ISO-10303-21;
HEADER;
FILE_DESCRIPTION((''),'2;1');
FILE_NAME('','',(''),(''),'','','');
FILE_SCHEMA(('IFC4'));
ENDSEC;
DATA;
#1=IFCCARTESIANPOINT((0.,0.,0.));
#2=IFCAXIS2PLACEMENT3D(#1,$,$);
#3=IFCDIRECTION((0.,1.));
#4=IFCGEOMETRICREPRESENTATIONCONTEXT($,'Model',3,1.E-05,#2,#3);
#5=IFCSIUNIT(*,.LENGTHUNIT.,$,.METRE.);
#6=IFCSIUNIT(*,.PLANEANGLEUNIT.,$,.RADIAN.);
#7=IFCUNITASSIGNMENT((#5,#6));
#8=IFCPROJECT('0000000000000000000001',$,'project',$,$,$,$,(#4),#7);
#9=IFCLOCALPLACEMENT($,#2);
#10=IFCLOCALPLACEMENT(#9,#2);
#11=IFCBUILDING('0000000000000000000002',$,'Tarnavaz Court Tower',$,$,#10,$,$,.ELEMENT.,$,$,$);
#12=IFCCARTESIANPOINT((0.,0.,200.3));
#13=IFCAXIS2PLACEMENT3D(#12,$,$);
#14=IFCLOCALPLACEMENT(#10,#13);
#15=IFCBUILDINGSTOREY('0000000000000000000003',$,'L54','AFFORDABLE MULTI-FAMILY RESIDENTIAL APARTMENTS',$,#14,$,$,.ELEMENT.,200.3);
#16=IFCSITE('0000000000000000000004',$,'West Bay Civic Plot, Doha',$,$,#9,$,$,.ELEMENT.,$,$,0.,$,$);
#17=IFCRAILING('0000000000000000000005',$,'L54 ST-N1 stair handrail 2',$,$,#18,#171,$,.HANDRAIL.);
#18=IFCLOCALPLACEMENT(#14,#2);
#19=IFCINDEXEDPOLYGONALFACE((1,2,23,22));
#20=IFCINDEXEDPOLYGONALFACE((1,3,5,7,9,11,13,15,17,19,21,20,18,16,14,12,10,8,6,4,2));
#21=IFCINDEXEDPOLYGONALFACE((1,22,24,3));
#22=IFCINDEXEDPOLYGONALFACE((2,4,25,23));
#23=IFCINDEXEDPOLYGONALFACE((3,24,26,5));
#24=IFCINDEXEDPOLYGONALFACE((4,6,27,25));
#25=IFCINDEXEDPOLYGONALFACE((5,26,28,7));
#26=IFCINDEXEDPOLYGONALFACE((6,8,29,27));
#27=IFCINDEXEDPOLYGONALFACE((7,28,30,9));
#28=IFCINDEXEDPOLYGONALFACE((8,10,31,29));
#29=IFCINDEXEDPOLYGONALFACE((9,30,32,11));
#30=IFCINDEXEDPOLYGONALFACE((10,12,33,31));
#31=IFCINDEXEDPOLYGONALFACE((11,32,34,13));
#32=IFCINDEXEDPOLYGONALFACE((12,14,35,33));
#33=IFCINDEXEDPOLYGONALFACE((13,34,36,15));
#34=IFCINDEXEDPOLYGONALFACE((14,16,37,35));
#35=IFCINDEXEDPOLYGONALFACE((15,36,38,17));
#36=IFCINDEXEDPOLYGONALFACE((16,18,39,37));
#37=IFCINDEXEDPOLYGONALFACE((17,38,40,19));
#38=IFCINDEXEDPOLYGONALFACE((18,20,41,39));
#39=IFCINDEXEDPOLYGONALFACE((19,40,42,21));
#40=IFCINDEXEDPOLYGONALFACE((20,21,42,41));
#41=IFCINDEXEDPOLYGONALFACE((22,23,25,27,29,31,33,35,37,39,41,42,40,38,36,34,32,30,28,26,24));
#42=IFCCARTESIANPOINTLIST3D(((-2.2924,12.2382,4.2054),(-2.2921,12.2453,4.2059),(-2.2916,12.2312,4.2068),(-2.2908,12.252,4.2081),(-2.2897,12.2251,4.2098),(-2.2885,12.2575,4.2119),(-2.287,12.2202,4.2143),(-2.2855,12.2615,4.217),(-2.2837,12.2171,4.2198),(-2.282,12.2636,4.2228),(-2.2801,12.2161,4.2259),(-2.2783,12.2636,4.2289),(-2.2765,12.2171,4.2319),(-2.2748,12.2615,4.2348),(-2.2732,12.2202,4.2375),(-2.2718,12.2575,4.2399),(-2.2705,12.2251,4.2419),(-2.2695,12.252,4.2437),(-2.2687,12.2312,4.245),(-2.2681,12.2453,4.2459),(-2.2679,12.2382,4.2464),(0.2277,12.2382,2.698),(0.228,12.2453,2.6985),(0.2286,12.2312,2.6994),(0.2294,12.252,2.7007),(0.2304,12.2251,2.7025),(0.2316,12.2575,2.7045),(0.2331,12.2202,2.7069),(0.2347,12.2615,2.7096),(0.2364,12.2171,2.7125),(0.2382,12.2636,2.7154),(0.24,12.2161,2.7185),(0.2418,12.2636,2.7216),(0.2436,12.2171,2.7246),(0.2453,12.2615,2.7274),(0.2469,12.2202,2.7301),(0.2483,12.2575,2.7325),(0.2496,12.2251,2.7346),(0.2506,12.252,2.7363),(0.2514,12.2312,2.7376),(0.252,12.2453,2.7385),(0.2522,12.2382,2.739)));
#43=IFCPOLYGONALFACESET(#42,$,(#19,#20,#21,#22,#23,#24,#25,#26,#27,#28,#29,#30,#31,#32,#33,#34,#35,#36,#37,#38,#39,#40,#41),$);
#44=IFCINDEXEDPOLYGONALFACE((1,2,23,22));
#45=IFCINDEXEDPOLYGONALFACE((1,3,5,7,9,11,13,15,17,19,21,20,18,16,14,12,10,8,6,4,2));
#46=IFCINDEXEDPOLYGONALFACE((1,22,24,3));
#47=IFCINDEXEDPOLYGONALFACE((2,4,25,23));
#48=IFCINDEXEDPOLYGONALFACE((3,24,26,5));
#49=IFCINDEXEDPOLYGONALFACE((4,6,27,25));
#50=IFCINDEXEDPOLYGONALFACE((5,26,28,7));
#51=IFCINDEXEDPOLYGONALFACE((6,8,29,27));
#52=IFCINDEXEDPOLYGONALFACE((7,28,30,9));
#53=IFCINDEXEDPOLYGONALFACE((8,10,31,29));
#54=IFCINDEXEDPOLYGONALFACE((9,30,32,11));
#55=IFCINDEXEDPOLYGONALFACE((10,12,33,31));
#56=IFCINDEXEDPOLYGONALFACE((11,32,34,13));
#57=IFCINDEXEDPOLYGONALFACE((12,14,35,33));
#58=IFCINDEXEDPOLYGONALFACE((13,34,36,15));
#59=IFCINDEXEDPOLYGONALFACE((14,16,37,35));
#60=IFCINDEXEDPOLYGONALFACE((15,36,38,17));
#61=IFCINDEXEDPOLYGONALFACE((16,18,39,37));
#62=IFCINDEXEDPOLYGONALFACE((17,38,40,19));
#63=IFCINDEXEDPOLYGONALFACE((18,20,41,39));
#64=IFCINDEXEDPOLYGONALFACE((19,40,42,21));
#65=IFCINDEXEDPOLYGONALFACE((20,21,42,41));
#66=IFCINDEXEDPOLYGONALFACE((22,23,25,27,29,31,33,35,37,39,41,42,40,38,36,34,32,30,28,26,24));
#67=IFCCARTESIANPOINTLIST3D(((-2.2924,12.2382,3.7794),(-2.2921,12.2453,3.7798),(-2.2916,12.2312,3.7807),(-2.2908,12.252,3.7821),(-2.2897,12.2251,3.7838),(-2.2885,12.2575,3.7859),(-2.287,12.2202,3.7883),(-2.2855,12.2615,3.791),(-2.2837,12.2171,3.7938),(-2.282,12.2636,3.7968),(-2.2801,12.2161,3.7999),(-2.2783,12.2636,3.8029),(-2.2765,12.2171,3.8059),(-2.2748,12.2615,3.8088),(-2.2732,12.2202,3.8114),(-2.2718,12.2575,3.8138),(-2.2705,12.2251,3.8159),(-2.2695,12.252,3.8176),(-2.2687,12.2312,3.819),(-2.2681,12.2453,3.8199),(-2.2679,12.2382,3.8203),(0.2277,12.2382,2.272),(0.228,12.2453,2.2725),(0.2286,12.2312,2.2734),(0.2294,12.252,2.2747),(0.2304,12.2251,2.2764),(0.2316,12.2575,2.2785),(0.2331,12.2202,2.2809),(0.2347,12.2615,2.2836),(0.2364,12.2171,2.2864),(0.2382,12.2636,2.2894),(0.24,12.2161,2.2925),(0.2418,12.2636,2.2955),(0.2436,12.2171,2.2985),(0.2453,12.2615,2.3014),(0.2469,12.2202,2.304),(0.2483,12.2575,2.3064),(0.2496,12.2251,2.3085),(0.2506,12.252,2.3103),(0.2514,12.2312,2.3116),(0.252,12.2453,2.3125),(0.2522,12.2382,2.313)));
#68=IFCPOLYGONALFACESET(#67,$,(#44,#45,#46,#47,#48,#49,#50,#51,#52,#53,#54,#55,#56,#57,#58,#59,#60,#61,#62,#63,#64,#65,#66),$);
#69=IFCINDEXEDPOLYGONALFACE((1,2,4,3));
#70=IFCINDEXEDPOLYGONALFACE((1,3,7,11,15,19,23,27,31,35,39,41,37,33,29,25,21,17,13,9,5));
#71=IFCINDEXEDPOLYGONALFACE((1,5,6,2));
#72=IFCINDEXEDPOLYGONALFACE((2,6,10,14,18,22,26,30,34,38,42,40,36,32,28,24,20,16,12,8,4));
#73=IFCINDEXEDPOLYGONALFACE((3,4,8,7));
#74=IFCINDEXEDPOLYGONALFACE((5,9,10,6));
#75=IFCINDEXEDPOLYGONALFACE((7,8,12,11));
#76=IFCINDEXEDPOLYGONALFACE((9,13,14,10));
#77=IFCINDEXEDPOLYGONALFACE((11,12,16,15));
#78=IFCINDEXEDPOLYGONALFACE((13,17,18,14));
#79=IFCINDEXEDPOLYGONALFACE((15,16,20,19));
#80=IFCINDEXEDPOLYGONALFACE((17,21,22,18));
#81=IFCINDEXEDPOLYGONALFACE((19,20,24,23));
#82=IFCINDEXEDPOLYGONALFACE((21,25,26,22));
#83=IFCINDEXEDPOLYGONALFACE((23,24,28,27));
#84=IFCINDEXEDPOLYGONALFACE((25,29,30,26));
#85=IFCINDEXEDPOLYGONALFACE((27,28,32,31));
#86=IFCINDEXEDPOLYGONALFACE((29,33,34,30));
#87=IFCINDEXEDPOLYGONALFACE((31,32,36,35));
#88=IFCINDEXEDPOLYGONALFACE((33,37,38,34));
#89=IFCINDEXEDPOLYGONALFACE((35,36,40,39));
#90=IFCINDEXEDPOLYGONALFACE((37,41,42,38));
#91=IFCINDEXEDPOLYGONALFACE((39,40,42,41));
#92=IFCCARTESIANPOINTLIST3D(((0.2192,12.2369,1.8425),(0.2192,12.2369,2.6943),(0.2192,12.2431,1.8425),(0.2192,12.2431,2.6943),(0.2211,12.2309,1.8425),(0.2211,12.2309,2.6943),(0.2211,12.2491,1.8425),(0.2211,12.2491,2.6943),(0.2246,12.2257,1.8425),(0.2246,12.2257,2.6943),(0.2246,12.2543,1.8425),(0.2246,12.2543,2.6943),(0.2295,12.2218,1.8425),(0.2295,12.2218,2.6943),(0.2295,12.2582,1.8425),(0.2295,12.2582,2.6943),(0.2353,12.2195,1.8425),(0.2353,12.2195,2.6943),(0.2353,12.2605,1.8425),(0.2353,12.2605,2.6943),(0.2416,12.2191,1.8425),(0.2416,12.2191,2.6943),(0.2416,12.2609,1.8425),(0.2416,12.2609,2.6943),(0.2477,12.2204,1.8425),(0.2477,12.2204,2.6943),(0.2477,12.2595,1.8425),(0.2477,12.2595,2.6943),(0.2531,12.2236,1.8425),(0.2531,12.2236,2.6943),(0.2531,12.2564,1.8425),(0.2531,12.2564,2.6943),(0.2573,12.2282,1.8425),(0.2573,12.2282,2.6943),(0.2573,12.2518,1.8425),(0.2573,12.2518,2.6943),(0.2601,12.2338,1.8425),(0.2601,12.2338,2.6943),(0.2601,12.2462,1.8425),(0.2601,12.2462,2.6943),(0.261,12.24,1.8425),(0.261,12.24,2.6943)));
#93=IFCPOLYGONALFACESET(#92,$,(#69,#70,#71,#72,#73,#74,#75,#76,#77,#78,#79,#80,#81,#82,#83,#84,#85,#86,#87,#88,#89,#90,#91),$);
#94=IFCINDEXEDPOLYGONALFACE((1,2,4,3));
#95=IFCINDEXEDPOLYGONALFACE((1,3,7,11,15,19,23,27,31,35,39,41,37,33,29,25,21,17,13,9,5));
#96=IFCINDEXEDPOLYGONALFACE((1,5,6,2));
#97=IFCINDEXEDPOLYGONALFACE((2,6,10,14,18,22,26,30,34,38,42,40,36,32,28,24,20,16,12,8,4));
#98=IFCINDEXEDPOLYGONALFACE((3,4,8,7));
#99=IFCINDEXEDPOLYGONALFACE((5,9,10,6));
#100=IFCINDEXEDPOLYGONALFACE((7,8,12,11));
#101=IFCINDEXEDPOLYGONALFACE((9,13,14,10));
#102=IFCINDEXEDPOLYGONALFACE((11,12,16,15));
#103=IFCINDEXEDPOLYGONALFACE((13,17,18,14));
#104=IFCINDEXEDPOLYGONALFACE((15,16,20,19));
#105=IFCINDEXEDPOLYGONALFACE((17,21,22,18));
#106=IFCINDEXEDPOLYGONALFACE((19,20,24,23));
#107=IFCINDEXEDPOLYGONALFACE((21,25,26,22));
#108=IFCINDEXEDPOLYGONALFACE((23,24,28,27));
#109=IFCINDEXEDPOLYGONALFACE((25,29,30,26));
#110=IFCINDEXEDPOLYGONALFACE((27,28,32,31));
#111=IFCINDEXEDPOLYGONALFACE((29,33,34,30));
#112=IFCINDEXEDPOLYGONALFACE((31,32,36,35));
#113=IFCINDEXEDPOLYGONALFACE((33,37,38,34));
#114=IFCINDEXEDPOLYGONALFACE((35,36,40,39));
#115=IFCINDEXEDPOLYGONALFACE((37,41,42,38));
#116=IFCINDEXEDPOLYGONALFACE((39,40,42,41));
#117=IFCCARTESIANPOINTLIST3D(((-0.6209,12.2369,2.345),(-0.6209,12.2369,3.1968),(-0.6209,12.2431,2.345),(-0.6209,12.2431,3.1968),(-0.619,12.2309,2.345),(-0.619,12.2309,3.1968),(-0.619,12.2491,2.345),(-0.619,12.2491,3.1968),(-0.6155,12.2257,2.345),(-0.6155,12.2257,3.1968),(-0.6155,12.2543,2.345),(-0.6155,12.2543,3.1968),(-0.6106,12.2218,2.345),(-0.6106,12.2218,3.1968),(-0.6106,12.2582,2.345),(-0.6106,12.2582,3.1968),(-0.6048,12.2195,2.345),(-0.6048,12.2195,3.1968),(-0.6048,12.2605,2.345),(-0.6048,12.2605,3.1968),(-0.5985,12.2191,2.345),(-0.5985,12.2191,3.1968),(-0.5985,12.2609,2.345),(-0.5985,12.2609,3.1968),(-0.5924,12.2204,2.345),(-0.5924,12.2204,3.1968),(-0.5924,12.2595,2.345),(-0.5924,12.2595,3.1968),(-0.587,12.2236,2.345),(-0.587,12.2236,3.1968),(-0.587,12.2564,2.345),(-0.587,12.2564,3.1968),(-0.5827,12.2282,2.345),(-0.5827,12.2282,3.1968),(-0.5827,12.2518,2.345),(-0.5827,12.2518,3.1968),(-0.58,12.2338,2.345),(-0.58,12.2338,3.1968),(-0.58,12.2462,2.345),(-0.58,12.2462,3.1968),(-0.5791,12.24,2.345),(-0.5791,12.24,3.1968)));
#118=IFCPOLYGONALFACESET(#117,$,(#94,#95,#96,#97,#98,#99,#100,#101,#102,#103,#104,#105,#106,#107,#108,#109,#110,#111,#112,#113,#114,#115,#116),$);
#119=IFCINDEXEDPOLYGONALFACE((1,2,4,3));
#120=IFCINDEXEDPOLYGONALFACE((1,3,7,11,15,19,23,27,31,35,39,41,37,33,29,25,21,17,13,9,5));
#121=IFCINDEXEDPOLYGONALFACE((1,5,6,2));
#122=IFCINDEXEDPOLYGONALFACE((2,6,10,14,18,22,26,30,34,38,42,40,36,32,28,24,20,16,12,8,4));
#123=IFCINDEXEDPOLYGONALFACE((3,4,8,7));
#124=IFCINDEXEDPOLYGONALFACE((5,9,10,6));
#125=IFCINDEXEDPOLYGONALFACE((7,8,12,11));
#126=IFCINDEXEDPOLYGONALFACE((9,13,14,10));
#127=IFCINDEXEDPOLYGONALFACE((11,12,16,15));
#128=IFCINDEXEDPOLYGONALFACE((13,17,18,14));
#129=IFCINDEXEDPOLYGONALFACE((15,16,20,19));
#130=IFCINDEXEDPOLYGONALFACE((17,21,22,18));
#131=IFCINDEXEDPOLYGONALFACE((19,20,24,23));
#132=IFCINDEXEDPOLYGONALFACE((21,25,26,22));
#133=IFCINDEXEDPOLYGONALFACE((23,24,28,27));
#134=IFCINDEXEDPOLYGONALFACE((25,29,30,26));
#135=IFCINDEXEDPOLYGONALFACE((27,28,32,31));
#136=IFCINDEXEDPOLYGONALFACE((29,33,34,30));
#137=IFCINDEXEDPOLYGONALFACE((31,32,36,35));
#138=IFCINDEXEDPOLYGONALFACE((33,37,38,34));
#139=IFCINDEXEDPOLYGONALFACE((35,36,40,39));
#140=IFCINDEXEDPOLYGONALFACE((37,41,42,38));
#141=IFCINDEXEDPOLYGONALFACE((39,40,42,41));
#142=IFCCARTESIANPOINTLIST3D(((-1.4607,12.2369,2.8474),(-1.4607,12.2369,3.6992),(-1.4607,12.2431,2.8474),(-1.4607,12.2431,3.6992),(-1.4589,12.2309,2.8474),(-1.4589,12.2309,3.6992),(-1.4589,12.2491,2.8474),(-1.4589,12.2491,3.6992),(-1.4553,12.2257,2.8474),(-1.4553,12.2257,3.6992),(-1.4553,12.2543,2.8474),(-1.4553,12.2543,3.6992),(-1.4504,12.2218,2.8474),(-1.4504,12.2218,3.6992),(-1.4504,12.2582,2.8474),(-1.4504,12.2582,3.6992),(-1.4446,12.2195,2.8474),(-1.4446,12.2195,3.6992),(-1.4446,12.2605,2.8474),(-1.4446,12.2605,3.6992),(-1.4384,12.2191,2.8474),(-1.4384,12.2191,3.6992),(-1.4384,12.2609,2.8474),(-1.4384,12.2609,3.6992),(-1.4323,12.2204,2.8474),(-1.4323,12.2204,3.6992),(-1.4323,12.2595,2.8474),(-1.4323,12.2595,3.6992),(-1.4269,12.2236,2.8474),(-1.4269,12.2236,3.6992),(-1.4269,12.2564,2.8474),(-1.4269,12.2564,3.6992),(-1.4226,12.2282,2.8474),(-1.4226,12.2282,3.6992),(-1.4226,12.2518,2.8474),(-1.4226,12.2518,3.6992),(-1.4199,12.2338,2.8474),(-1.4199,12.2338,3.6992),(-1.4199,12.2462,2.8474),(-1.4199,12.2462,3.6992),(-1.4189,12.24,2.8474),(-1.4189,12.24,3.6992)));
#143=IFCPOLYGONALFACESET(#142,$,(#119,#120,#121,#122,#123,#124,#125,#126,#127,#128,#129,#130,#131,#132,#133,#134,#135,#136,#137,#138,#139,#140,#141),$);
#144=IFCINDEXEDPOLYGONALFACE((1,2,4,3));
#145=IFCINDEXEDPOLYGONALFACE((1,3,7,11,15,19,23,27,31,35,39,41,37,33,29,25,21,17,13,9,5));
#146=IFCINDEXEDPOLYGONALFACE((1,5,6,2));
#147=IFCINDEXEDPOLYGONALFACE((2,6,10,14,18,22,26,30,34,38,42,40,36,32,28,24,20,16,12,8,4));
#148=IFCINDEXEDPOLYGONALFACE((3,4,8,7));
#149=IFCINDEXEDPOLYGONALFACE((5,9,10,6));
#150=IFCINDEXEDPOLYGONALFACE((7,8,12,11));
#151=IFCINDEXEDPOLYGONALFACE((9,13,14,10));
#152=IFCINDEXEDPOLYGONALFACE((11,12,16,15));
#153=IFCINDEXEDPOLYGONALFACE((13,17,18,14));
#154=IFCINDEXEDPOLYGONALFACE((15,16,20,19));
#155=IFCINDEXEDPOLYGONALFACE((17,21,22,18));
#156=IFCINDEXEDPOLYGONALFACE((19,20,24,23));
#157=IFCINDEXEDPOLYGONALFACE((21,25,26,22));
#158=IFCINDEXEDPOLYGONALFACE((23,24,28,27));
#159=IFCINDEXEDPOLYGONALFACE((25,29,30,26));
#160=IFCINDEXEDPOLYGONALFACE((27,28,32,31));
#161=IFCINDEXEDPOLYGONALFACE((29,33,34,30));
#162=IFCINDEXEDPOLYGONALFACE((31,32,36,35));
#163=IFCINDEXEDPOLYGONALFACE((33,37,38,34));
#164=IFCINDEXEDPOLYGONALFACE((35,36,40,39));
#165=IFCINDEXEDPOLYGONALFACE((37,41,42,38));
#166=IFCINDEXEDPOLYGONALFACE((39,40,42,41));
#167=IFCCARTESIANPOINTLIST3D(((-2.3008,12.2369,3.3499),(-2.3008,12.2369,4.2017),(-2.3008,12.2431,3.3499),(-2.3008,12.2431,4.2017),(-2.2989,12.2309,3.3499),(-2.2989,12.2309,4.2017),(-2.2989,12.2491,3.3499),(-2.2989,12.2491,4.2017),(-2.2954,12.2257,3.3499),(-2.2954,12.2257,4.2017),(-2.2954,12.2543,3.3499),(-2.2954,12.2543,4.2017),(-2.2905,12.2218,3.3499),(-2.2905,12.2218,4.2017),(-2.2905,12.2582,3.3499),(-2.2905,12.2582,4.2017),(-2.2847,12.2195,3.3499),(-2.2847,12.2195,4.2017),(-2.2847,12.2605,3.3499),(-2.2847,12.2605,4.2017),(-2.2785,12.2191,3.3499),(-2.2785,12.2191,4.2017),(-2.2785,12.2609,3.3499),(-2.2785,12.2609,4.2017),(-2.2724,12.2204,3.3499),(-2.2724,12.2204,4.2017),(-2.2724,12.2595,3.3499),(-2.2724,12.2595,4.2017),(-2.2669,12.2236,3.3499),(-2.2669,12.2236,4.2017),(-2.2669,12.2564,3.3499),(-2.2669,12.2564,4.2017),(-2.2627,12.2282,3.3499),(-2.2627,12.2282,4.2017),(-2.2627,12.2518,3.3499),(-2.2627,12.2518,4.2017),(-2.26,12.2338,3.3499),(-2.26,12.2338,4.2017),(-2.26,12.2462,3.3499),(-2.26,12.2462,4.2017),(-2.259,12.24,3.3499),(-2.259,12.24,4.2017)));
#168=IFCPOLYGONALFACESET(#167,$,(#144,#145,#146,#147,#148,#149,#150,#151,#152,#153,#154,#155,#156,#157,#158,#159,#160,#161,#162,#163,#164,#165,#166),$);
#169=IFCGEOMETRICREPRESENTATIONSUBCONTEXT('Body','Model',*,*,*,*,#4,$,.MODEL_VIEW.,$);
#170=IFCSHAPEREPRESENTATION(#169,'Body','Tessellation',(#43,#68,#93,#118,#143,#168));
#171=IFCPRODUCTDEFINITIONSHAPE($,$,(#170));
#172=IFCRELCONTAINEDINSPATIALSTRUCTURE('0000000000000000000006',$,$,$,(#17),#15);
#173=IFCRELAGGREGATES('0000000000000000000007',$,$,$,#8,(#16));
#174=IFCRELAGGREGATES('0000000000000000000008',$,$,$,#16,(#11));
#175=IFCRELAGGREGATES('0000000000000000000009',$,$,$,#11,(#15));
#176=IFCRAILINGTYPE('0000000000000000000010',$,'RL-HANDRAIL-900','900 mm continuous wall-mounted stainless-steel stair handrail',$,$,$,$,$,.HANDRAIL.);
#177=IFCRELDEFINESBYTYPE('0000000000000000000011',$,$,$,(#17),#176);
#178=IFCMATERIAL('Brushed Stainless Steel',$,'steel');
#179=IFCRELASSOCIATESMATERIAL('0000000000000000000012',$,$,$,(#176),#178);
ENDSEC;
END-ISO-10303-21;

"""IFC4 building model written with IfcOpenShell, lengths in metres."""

from ifc_helpers import new_model, si_unit, direction, frame, origin, origin_2d, place, context, subcontext, project, spatial, circle, extrude, material, type_object, element, save


model = new_model("IFC4")

# Units and contexts
model_context = context("Model", 3, precision=1e-05, world=origin(), true_north=direction((0.0, 1.0)))
body_context = subcontext(model_context, "Body", "Model", "MODEL_VIEW")
ifc_project = project(units=[si_unit("LENGTHUNIT", "METRE"), si_unit("PLANEANGLEUNIT", "RADIAN")], contexts=[model_context])

# Site, building, storey
site_placement = place(None, origin())
site = spatial("IfcSite", under=ifc_project, at=site_placement, Name="West Bay Civic Plot, Doha", CompositionType="ELEMENT", RefElevation=0.0)
building_placement = place(site_placement, origin())
building = spatial("IfcBuilding", under=site, at=building_placement, Name="Tarnavaz Court Tower", CompositionType="ELEMENT")
storey_placement = place(building_placement, frame((0.0, 0.0, 200.3)))
storey = spatial("IfcBuildingStorey", under=building, at=storey_placement, Name="L54", Description="AFFORDABLE MULTI-FAMILY RESIDENTIAL APARTMENTS", CompositionType="ELEMENT", Elevation=200.3)

# Railing
ifc_material_1 = material(Name="Brushed Stainless Steel", Category="steel")
railing_type_1 = type_object("IfcRailingType", Name="RL-HANDRAIL-900", Description="900 mm continuous wall-mounted stainless-steel stair handrail", PredefinedType="HANDRAIL", material=ifc_material_1)
railing_1_placement = place(storey_placement, frame((0.24, 12.24, 1.8425)))
element("IfcRailing", 1, at=railing_1_placement, inside=storey, type_object=railing_type_1, Name="L54 ST-N1 stair handrail 2", PredefinedType="HANDRAIL", context=body_context, shape_type="SweptSolid", body=[
    extrude(circle(Radius=0.0239, at=origin_2d()), frame((0.0, 0.0, 0.876), z_axis=(-0.858196, 0.0, 0.513321), x_axis=(0.0, -1.0, 0.0)), (0.0, 0.0, 1.0), 2.9365),
    extrude(circle(Radius=0.0239, at=origin_2d()), frame((0.0, 0.0, 0.45), z_axis=(-0.858196, 0.0, 0.513321), x_axis=(0.0, -1.0, 0.0)), (0.0, 0.0, 1.0), 2.9365),
    extrude(circle(Radius=0.021, at=origin_2d()), origin(), (0.0, 0.0, 1.0), 0.8518),
    extrude(circle(Radius=0.021, at=origin_2d()), frame((-0.8401, 0.0, 0.5024)), (0.0, 0.0, 1.0), 0.8518),
    extrude(circle(Radius=0.021, at=origin_2d()), frame((-1.6799, 0.0, 1.0049)), (0.0, 0.0, 1.0), 0.8518),
    extrude(circle(Radius=0.021, at=origin_2d()), frame((-2.52, 0.0, 1.5073)), (0.0, 0.0, 1.0), 0.8518),
])

save(model, "model.ifc")
